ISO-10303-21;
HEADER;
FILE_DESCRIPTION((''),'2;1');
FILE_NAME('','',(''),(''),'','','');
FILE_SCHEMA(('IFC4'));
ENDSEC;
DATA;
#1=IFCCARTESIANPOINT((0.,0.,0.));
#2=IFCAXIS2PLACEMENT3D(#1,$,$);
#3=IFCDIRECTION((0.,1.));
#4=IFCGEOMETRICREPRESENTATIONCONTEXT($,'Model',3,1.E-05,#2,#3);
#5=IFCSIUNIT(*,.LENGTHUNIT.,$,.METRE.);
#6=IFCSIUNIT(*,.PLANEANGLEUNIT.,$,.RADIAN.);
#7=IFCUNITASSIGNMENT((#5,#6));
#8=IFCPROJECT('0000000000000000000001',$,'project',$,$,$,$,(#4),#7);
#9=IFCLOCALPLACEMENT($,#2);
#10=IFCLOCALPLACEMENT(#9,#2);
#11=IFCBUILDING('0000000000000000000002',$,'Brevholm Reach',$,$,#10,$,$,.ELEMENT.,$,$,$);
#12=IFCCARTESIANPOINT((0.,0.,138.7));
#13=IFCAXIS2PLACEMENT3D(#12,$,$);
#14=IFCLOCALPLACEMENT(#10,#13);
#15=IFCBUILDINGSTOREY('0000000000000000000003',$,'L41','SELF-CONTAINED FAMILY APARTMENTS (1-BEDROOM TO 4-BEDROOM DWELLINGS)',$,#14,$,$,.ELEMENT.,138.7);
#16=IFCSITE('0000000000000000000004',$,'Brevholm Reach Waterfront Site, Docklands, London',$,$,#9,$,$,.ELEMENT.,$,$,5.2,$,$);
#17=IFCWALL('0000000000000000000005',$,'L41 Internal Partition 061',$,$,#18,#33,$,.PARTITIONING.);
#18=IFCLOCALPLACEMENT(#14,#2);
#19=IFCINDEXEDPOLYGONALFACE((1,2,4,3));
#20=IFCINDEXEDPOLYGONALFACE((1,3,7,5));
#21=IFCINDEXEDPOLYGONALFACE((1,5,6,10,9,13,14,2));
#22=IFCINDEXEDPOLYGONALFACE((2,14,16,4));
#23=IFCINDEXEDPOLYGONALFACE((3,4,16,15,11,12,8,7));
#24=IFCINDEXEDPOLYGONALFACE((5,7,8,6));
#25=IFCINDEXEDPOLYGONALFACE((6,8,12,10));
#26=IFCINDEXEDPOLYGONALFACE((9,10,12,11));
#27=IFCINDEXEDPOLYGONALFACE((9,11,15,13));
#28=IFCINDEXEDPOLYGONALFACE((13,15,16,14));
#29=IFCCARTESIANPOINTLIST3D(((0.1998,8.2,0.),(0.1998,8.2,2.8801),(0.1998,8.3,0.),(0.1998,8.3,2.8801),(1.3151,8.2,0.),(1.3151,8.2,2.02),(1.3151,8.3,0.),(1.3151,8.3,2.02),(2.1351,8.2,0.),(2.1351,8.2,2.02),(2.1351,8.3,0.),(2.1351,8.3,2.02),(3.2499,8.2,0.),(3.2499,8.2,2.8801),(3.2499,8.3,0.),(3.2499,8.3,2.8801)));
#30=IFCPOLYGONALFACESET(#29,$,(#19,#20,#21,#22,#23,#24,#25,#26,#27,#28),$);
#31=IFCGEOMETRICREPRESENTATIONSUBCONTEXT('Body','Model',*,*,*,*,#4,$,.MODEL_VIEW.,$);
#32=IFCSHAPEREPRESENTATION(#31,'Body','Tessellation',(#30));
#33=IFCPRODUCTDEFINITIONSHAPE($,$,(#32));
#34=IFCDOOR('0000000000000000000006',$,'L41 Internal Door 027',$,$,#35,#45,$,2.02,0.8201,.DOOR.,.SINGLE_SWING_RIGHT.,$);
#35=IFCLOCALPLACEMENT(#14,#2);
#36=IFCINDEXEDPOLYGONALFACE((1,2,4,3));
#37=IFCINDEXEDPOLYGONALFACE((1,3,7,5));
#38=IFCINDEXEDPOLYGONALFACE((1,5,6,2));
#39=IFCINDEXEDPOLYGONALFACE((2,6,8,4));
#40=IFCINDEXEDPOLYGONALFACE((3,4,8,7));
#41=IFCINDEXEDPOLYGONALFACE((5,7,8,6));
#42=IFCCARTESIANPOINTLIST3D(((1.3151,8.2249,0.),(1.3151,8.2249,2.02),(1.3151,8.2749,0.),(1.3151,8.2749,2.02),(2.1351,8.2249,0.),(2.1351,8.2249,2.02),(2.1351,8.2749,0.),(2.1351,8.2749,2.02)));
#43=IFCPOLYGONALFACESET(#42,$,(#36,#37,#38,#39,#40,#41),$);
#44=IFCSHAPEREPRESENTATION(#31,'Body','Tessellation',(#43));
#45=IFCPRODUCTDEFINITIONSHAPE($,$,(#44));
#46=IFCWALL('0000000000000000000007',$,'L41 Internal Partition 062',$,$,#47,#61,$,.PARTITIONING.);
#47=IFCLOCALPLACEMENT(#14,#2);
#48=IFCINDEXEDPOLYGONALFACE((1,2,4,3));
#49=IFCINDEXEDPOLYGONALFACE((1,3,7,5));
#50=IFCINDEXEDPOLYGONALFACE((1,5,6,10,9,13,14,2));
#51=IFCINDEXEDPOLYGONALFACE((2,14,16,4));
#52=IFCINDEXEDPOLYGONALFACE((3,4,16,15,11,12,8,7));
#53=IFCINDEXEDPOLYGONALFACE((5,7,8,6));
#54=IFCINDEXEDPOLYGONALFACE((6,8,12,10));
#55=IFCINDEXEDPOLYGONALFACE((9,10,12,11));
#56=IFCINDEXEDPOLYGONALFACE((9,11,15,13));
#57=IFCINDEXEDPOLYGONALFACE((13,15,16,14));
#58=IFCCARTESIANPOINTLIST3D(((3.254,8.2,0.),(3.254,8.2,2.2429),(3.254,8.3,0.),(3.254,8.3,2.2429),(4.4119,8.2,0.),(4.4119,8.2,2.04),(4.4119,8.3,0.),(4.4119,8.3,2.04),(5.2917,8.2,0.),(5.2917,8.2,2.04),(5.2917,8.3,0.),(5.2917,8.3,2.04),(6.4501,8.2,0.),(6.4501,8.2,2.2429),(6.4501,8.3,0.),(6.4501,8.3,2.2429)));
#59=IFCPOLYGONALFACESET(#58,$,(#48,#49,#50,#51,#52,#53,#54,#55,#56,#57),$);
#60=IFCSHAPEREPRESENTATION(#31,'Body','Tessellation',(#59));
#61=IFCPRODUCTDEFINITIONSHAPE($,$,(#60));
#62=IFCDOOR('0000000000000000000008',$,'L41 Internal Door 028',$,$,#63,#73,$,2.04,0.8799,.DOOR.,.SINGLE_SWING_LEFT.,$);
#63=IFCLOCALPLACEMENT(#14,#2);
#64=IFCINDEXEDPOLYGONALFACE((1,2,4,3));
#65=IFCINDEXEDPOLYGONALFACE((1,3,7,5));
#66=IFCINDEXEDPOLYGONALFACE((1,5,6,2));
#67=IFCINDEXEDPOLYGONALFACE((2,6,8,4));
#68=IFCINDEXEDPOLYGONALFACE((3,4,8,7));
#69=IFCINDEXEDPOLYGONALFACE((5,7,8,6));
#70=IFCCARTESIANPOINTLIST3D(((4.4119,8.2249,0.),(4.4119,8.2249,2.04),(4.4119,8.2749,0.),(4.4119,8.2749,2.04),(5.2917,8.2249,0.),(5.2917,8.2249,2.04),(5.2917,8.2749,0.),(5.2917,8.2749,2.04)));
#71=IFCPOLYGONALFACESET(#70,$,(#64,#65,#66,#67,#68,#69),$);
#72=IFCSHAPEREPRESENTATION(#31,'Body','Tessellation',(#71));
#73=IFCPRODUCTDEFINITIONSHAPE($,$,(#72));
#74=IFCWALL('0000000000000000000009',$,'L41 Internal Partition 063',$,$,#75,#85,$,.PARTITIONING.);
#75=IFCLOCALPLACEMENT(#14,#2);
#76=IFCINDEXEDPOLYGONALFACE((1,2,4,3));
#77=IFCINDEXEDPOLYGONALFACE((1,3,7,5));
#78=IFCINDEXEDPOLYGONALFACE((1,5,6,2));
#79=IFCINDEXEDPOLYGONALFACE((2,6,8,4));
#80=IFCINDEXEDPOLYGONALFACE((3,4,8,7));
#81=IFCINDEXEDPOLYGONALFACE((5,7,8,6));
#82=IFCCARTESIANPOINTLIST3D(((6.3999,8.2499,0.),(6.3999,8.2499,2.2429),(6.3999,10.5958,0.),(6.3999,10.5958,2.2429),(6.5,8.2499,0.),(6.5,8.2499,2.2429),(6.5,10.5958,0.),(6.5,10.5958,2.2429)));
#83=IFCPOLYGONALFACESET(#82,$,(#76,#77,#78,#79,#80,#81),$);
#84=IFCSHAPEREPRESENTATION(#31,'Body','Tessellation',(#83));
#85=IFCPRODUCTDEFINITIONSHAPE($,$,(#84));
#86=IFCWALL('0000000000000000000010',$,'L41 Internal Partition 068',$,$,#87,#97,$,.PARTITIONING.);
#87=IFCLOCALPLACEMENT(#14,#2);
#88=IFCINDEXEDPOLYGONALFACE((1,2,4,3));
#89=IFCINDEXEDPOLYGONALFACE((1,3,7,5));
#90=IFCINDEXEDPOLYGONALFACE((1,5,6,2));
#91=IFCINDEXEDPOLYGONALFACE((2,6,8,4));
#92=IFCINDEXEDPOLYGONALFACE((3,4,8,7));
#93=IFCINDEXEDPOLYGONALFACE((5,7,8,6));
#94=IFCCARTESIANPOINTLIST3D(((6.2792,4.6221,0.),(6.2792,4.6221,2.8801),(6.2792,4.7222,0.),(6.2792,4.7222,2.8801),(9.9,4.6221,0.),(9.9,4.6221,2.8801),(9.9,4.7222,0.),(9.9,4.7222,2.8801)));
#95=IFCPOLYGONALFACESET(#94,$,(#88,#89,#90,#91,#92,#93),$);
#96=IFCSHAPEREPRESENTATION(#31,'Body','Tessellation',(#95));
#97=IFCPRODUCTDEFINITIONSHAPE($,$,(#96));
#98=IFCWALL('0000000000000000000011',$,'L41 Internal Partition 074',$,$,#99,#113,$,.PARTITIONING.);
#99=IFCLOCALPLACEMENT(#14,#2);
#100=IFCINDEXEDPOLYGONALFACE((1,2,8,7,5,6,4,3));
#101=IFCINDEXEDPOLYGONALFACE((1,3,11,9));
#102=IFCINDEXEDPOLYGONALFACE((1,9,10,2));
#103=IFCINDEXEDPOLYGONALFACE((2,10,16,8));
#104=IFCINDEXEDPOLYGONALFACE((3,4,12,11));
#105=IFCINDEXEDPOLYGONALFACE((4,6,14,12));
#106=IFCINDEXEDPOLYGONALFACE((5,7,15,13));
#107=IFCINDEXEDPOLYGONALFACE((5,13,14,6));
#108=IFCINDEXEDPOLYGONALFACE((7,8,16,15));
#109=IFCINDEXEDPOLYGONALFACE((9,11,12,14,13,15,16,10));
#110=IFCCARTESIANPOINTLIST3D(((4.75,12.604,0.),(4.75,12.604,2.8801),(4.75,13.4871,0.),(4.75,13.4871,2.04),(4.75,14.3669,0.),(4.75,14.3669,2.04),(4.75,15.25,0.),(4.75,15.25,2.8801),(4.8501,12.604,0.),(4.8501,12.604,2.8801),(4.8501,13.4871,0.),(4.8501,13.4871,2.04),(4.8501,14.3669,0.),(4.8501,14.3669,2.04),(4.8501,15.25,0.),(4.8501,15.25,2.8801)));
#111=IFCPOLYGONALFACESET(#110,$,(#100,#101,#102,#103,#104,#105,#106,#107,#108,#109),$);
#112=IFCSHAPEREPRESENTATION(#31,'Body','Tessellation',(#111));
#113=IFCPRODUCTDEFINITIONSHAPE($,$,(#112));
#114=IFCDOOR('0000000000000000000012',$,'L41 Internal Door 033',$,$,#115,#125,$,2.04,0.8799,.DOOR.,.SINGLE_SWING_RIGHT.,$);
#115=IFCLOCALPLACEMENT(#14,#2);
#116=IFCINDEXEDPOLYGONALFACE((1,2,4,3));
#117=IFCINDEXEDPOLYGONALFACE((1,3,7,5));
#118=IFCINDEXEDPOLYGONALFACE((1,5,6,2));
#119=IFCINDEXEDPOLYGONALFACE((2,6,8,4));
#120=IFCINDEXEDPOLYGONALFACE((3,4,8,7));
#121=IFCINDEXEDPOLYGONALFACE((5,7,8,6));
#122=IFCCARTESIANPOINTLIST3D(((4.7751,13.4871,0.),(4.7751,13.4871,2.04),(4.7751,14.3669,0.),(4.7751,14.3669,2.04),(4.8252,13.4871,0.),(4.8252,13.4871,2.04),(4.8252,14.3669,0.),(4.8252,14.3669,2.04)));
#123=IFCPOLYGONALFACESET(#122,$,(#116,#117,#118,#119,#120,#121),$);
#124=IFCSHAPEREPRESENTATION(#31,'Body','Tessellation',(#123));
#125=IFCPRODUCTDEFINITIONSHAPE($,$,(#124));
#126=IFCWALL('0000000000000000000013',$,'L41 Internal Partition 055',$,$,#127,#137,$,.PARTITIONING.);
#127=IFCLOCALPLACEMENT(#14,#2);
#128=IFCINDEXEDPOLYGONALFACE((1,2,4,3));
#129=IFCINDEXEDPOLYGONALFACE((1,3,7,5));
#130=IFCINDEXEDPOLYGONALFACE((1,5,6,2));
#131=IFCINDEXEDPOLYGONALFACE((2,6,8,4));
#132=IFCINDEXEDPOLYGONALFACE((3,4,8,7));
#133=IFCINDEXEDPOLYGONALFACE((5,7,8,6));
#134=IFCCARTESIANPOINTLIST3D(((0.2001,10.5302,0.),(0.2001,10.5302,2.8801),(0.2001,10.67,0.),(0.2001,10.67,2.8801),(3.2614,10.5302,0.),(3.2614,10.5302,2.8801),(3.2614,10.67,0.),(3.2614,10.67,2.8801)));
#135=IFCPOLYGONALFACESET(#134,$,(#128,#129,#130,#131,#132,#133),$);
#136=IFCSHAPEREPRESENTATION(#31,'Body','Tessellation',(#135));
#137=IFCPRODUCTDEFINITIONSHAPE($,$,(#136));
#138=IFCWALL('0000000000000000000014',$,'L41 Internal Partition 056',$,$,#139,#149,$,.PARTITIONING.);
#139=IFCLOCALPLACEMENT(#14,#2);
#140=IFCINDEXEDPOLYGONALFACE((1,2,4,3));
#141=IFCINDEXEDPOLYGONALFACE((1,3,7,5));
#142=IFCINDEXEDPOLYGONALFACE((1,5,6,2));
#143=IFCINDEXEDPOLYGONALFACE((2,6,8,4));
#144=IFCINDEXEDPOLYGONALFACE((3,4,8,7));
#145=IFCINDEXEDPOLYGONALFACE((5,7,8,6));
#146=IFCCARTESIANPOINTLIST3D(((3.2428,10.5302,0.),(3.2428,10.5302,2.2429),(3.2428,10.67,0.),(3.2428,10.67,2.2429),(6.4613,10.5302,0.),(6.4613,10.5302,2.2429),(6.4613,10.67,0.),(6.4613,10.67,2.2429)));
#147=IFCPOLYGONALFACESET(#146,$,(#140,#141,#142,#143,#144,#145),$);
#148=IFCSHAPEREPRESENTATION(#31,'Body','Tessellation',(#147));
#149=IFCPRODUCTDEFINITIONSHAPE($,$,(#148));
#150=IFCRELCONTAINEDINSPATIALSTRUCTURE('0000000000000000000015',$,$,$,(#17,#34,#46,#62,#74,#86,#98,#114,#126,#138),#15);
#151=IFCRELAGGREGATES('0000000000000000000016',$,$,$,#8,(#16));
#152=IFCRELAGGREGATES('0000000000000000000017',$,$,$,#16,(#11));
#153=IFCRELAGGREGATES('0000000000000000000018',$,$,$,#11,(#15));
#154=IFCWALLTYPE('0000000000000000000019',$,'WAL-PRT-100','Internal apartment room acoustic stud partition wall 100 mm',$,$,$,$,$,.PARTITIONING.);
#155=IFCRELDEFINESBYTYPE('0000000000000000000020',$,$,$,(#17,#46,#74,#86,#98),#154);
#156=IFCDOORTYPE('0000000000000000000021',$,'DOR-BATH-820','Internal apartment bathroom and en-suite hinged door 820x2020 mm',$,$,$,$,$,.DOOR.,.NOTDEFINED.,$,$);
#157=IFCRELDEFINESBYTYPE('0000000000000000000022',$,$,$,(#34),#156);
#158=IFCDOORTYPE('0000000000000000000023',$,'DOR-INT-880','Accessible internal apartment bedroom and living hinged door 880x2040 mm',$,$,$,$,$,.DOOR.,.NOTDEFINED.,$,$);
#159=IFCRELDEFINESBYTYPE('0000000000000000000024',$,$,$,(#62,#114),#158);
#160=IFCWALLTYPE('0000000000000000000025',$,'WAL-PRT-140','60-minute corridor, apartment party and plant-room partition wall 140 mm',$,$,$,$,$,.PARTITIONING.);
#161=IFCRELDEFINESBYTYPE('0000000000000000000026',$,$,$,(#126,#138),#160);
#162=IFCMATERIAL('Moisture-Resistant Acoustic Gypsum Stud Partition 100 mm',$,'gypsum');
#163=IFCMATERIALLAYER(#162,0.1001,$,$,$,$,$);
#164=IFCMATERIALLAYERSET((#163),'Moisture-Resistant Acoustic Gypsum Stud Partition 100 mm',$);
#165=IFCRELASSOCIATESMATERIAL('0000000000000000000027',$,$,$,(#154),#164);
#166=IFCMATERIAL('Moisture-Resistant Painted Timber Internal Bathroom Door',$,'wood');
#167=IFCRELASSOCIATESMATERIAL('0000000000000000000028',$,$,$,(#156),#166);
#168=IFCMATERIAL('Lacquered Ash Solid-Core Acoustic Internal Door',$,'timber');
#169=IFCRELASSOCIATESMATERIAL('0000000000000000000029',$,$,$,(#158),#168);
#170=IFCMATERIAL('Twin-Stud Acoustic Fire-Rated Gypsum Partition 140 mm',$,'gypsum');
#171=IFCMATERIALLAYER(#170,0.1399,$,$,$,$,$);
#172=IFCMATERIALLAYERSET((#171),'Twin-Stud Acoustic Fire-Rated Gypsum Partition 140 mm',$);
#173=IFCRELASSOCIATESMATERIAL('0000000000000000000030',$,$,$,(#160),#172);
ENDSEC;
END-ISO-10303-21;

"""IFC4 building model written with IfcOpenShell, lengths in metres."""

from ifc_helpers import new_model, si_unit, direction, frame, frame_2d, origin, place, context, subcontext, project, spatial, rectangle, extrude, material, layer, layer_set, type_object, element, fill, save


model = new_model("IFC4")

# Units and contexts
model_context = context("Model", 3, precision=1e-05, world=origin(), true_north=direction((0.0, 1.0)))
body_context = subcontext(model_context, "Body", "Model", "MODEL_VIEW")
ifc_project = project(units=[si_unit("LENGTHUNIT", "METRE"), si_unit("PLANEANGLEUNIT", "RADIAN")], contexts=[model_context])

# Site, building, storey
site_placement = place(None, origin())
site = spatial("IfcSite", under=ifc_project, at=site_placement, Name="Brevholm Reach Waterfront Site, Docklands, London", CompositionType="ELEMENT", RefElevation=5.2)
building_placement = place(site_placement, origin())
building = spatial("IfcBuilding", under=site, at=building_placement, Name="Brevholm Reach", CompositionType="ELEMENT")
storey_placement = place(building_placement, frame((0.0, 0.0, 138.7)))
storey = spatial("IfcBuildingStorey", under=building, at=storey_placement, Name="L41", Description="SELF-CONTAINED FAMILY APARTMENTS (1-BEDROOM TO 4-BEDROOM DWELLINGS)", CompositionType="ELEMENT", Elevation=138.7)

# Shared definitions
ifc_material_1 = material(Name="Moisture-Resistant Acoustic Gypsum Stud Partition 100 mm", Category="gypsum")
ifc_layer_1 = layer(ifc_material_1, 0.1001)
ifc_layer_set_1 = layer_set([ifc_layer_1], Name="Moisture-Resistant Acoustic Gypsum Stud Partition 100 mm")
wall_type_1 = type_object("IfcWallType", Name="WAL-PRT-100", Description="Internal apartment room acoustic stud partition wall 100 mm", PredefinedType="PARTITIONING", material=ifc_layer_set_1)

# Walls, openings, doors
wall_1_placement = place(storey_placement, frame((0.2, 8.25, 0.0), z_axis=(0.0, 0.0, 1.0), x_axis=(1.0, 0.0, 0.0)))
wall_1 = element("IfcWall", 1, at=wall_1_placement, inside=storey, type_object=wall_type_1, Name="L41 Internal Partition 061", PredefinedType="PARTITIONING", context=body_context, shape_type="SweptSolid", body=[
    extrude(rectangle(XDim=3.05, YDim=0.1001, at=frame_2d((1.5249, 0.0))), origin(), (0.0, 0.0, 1.0), 2.8801),
])
opening_1_placement = place(wall_1_placement, frame((1.115, 0.0, 0.0)))
opening_1 = element("IfcOpeningElement", 2, at=opening_1_placement, cuts=wall_1, PredefinedType="OPENING", context=body_context, shape_type="SweptSolid", body=[
    extrude(rectangle(XDim=0.8201, YDim=2.02, at=frame_2d((0.4102, 1.01))), frame((0.0, 0.0601, 0.0), z_axis=(0.0, -1.0, 0.0), x_axis=(1.0, 0.0, 0.0)), (0.0, 0.0, 1.0), 0.1201),
])
ifc_material_2 = material(Name="Moisture-Resistant Painted Timber Internal Bathroom Door", Category="wood")
door_type_1 = type_object("IfcDoorType", Name="DOR-BATH-820", Description="Internal apartment bathroom and en-suite hinged door 820x2020 mm", OperationType="NOTDEFINED", PredefinedType="DOOR", material=ifc_material_2)
door_1_placement = place(opening_1_placement, origin())
door_1 = element("IfcDoor", 3, at=door_1_placement, inside=storey, type_object=door_type_1, Name="L41 Internal Door 027", OperationType="SINGLE_SWING_RIGHT", OverallHeight=2.02, OverallWidth=0.8201, PredefinedType="DOOR", context=body_context, shape_type="SweptSolid", body=[
    extrude(rectangle(XDim=0.8201, YDim=2.02, at=frame_2d((0.4102, 1.01))), frame((0.0, 0.0249, 0.0), z_axis=(0.0, -1.0, 0.0), x_axis=(1.0, 0.0, 0.0)), (0.0, 0.0, 1.0), 0.05),
])
fill(opening_1, door_1)
wall_2_placement = place(storey_placement, frame((3.2539, 8.25, 0.0), z_axis=(0.0, 0.0, 1.0), x_axis=(1.0, 0.0, 0.0)))
wall_2 = element("IfcWall", 4, at=wall_2_placement, inside=storey, type_object=wall_type_1, Name="L41 Internal Partition 062", PredefinedType="PARTITIONING", context=body_context, shape_type="SweptSolid", body=[
    extrude(rectangle(XDim=3.196, YDim=0.1001, at=frame_2d((1.5981, 0.0))), origin(), (0.0, 0.0, 1.0), 2.2429),
])
opening_2_placement = place(wall_2_placement, frame((1.158, 0.0, 0.0)))
opening_2 = element("IfcOpeningElement", 5, at=opening_2_placement, cuts=wall_2, PredefinedType="OPENING", context=body_context, shape_type="SweptSolid", body=[
    extrude(rectangle(XDim=0.8799, YDim=2.04, at=frame_2d((0.4399, 1.02))), frame((0.0, 0.0601, 0.0), z_axis=(0.0, -1.0, 0.0), x_axis=(1.0, 0.0, 0.0)), (0.0, 0.0, 1.0), 0.1201),
])
ifc_material_3 = material(Name="Lacquered Ash Solid-Core Acoustic Internal Door", Category="timber")
door_type_2 = type_object("IfcDoorType", Name="DOR-INT-880", Description="Accessible internal apartment bedroom and living hinged door 880x2040 mm", OperationType="NOTDEFINED", PredefinedType="DOOR", material=ifc_material_3)
door_2_placement = place(opening_2_placement, origin())
door_2 = element("IfcDoor", 6, at=door_2_placement, inside=storey, type_object=door_type_2, Name="L41 Internal Door 028", OperationType="SINGLE_SWING_LEFT", OverallHeight=2.04, OverallWidth=0.8799, PredefinedType="DOOR", context=body_context, shape_type="SweptSolid", body=[
    extrude(rectangle(XDim=0.8799, YDim=2.04, at=frame_2d((0.4399, 1.02))), frame((0.0, 0.0249, 0.0), z_axis=(0.0, -1.0, 0.0), x_axis=(1.0, 0.0, 0.0)), (0.0, 0.0, 1.0), 0.05),
])
fill(opening_2, door_2)

# Walls
wall_3_placement = place(storey_placement, frame((6.45, 8.25, 0.0), z_axis=(0.0, 0.0, 1.0), x_axis=(0.0, 1.0, 0.0)))
element("IfcWall", 7, at=wall_3_placement, inside=storey, type_object=wall_type_1, Name="L41 Internal Partition 063", PredefinedType="PARTITIONING", context=body_context, shape_type="SweptSolid", body=[
    extrude(rectangle(XDim=2.3459, YDim=0.1001, at=frame_2d((1.1729, 0.0))), origin(), (0.0, 0.0, 1.0), 2.2429),
])
wall_4_placement = place(storey_placement, frame((6.2791, 4.6721, 0.0), z_axis=(0.0, 0.0, 1.0), x_axis=(1.0, 0.0, 0.0)))
element("IfcWall", 8, at=wall_4_placement, inside=storey, type_object=wall_type_1, Name="L41 Internal Partition 068", PredefinedType="PARTITIONING", context=body_context, shape_type="SweptSolid", body=[
    extrude(rectangle(XDim=3.6208, YDim=0.1001, at=frame_2d((1.8105, 0.0))), origin(), (0.0, 0.0, 1.0), 2.8801),
])

# Wall, opening, door
wall_5_placement = place(storey_placement, frame((4.8, 12.604, 0.0), z_axis=(0.0, 0.0, 1.0), x_axis=(0.0, 1.0, 0.0)))
wall_5 = element("IfcWall", 9, at=wall_5_placement, inside=storey, type_object=wall_type_1, Name="L41 Internal Partition 074", PredefinedType="PARTITIONING", context=body_context, shape_type="SweptSolid", body=[
    extrude(rectangle(XDim=2.646, YDim=0.1001, at=frame_2d((1.323, 0.0))), origin(), (0.0, 0.0, 1.0), 2.8801),
])
opening_3_placement = place(wall_5_placement, frame((0.8831, 0.0, 0.0)))
opening_3 = element("IfcOpeningElement", 10, at=opening_3_placement, cuts=wall_5, PredefinedType="OPENING", context=body_context, shape_type="SweptSolid", body=[
    extrude(rectangle(XDim=0.8799, YDim=2.04, at=frame_2d((0.4399, 1.02))), frame((0.0, 0.0601, 0.0), z_axis=(0.0, -1.0, 0.0), x_axis=(1.0, 0.0, 0.0)), (0.0, 0.0, 1.0), 0.1201),
])
door_3_placement = place(opening_3_placement, origin())
door_3 = element("IfcDoor", 11, at=door_3_placement, inside=storey, type_object=door_type_2, Name="L41 Internal Door 033", OperationType="SINGLE_SWING_RIGHT", OverallHeight=2.04, OverallWidth=0.8799, PredefinedType="DOOR", context=body_context, shape_type="SweptSolid", body=[
    extrude(rectangle(XDim=0.8799, YDim=2.04, at=frame_2d((0.4399, 1.02))), frame((0.0, 0.0249, 0.0), z_axis=(0.0, -1.0, 0.0), x_axis=(1.0, 0.0, 0.0)), (0.0, 0.0, 1.0), 0.05),
])
fill(opening_3, door_3)

# Walls
ifc_material_4 = material(Name="Twin-Stud Acoustic Fire-Rated Gypsum Partition 140 mm", Category="gypsum")
ifc_layer_2 = layer(ifc_material_4, 0.1399)
ifc_layer_set_2 = layer_set([ifc_layer_2], Name="Twin-Stud Acoustic Fire-Rated Gypsum Partition 140 mm")
wall_type_2 = type_object("IfcWallType", Name="WAL-PRT-140", Description="60-minute corridor, apartment party and plant-room partition wall 140 mm", PredefinedType="PARTITIONING", material=ifc_layer_set_2)
wall_6_placement = place(storey_placement, frame((0.2, 10.6001, 0.0), z_axis=(0.0, 0.0, 1.0), x_axis=(1.0, 0.0, 0.0)))
element("IfcWall", 12, at=wall_6_placement, inside=storey, type_object=wall_type_2, Name="L41 Internal Partition 055", PredefinedType="PARTITIONING", context=body_context, shape_type="SweptSolid", body=[
    extrude(rectangle(XDim=3.0613, YDim=0.1399, at=frame_2d((1.5308, 0.0))), origin(), (0.0, 0.0, 1.0), 2.8801),
])
wall_7_placement = place(storey_placement, frame((3.2427, 10.6001, 0.0), z_axis=(0.0, 0.0, 1.0), x_axis=(1.0, 0.0, 0.0)))
element("IfcWall", 13, at=wall_7_placement, inside=storey, type_object=wall_type_2, Name="L41 Internal Partition 056", PredefinedType="PARTITIONING", context=body_context, shape_type="SweptSolid", body=[
    extrude(rectangle(XDim=3.2185, YDim=0.1399, at=frame_2d((1.6094, 0.0))), origin(), (0.0, 0.0, 1.0), 2.2429),
])

save(model, "model.ifc")
